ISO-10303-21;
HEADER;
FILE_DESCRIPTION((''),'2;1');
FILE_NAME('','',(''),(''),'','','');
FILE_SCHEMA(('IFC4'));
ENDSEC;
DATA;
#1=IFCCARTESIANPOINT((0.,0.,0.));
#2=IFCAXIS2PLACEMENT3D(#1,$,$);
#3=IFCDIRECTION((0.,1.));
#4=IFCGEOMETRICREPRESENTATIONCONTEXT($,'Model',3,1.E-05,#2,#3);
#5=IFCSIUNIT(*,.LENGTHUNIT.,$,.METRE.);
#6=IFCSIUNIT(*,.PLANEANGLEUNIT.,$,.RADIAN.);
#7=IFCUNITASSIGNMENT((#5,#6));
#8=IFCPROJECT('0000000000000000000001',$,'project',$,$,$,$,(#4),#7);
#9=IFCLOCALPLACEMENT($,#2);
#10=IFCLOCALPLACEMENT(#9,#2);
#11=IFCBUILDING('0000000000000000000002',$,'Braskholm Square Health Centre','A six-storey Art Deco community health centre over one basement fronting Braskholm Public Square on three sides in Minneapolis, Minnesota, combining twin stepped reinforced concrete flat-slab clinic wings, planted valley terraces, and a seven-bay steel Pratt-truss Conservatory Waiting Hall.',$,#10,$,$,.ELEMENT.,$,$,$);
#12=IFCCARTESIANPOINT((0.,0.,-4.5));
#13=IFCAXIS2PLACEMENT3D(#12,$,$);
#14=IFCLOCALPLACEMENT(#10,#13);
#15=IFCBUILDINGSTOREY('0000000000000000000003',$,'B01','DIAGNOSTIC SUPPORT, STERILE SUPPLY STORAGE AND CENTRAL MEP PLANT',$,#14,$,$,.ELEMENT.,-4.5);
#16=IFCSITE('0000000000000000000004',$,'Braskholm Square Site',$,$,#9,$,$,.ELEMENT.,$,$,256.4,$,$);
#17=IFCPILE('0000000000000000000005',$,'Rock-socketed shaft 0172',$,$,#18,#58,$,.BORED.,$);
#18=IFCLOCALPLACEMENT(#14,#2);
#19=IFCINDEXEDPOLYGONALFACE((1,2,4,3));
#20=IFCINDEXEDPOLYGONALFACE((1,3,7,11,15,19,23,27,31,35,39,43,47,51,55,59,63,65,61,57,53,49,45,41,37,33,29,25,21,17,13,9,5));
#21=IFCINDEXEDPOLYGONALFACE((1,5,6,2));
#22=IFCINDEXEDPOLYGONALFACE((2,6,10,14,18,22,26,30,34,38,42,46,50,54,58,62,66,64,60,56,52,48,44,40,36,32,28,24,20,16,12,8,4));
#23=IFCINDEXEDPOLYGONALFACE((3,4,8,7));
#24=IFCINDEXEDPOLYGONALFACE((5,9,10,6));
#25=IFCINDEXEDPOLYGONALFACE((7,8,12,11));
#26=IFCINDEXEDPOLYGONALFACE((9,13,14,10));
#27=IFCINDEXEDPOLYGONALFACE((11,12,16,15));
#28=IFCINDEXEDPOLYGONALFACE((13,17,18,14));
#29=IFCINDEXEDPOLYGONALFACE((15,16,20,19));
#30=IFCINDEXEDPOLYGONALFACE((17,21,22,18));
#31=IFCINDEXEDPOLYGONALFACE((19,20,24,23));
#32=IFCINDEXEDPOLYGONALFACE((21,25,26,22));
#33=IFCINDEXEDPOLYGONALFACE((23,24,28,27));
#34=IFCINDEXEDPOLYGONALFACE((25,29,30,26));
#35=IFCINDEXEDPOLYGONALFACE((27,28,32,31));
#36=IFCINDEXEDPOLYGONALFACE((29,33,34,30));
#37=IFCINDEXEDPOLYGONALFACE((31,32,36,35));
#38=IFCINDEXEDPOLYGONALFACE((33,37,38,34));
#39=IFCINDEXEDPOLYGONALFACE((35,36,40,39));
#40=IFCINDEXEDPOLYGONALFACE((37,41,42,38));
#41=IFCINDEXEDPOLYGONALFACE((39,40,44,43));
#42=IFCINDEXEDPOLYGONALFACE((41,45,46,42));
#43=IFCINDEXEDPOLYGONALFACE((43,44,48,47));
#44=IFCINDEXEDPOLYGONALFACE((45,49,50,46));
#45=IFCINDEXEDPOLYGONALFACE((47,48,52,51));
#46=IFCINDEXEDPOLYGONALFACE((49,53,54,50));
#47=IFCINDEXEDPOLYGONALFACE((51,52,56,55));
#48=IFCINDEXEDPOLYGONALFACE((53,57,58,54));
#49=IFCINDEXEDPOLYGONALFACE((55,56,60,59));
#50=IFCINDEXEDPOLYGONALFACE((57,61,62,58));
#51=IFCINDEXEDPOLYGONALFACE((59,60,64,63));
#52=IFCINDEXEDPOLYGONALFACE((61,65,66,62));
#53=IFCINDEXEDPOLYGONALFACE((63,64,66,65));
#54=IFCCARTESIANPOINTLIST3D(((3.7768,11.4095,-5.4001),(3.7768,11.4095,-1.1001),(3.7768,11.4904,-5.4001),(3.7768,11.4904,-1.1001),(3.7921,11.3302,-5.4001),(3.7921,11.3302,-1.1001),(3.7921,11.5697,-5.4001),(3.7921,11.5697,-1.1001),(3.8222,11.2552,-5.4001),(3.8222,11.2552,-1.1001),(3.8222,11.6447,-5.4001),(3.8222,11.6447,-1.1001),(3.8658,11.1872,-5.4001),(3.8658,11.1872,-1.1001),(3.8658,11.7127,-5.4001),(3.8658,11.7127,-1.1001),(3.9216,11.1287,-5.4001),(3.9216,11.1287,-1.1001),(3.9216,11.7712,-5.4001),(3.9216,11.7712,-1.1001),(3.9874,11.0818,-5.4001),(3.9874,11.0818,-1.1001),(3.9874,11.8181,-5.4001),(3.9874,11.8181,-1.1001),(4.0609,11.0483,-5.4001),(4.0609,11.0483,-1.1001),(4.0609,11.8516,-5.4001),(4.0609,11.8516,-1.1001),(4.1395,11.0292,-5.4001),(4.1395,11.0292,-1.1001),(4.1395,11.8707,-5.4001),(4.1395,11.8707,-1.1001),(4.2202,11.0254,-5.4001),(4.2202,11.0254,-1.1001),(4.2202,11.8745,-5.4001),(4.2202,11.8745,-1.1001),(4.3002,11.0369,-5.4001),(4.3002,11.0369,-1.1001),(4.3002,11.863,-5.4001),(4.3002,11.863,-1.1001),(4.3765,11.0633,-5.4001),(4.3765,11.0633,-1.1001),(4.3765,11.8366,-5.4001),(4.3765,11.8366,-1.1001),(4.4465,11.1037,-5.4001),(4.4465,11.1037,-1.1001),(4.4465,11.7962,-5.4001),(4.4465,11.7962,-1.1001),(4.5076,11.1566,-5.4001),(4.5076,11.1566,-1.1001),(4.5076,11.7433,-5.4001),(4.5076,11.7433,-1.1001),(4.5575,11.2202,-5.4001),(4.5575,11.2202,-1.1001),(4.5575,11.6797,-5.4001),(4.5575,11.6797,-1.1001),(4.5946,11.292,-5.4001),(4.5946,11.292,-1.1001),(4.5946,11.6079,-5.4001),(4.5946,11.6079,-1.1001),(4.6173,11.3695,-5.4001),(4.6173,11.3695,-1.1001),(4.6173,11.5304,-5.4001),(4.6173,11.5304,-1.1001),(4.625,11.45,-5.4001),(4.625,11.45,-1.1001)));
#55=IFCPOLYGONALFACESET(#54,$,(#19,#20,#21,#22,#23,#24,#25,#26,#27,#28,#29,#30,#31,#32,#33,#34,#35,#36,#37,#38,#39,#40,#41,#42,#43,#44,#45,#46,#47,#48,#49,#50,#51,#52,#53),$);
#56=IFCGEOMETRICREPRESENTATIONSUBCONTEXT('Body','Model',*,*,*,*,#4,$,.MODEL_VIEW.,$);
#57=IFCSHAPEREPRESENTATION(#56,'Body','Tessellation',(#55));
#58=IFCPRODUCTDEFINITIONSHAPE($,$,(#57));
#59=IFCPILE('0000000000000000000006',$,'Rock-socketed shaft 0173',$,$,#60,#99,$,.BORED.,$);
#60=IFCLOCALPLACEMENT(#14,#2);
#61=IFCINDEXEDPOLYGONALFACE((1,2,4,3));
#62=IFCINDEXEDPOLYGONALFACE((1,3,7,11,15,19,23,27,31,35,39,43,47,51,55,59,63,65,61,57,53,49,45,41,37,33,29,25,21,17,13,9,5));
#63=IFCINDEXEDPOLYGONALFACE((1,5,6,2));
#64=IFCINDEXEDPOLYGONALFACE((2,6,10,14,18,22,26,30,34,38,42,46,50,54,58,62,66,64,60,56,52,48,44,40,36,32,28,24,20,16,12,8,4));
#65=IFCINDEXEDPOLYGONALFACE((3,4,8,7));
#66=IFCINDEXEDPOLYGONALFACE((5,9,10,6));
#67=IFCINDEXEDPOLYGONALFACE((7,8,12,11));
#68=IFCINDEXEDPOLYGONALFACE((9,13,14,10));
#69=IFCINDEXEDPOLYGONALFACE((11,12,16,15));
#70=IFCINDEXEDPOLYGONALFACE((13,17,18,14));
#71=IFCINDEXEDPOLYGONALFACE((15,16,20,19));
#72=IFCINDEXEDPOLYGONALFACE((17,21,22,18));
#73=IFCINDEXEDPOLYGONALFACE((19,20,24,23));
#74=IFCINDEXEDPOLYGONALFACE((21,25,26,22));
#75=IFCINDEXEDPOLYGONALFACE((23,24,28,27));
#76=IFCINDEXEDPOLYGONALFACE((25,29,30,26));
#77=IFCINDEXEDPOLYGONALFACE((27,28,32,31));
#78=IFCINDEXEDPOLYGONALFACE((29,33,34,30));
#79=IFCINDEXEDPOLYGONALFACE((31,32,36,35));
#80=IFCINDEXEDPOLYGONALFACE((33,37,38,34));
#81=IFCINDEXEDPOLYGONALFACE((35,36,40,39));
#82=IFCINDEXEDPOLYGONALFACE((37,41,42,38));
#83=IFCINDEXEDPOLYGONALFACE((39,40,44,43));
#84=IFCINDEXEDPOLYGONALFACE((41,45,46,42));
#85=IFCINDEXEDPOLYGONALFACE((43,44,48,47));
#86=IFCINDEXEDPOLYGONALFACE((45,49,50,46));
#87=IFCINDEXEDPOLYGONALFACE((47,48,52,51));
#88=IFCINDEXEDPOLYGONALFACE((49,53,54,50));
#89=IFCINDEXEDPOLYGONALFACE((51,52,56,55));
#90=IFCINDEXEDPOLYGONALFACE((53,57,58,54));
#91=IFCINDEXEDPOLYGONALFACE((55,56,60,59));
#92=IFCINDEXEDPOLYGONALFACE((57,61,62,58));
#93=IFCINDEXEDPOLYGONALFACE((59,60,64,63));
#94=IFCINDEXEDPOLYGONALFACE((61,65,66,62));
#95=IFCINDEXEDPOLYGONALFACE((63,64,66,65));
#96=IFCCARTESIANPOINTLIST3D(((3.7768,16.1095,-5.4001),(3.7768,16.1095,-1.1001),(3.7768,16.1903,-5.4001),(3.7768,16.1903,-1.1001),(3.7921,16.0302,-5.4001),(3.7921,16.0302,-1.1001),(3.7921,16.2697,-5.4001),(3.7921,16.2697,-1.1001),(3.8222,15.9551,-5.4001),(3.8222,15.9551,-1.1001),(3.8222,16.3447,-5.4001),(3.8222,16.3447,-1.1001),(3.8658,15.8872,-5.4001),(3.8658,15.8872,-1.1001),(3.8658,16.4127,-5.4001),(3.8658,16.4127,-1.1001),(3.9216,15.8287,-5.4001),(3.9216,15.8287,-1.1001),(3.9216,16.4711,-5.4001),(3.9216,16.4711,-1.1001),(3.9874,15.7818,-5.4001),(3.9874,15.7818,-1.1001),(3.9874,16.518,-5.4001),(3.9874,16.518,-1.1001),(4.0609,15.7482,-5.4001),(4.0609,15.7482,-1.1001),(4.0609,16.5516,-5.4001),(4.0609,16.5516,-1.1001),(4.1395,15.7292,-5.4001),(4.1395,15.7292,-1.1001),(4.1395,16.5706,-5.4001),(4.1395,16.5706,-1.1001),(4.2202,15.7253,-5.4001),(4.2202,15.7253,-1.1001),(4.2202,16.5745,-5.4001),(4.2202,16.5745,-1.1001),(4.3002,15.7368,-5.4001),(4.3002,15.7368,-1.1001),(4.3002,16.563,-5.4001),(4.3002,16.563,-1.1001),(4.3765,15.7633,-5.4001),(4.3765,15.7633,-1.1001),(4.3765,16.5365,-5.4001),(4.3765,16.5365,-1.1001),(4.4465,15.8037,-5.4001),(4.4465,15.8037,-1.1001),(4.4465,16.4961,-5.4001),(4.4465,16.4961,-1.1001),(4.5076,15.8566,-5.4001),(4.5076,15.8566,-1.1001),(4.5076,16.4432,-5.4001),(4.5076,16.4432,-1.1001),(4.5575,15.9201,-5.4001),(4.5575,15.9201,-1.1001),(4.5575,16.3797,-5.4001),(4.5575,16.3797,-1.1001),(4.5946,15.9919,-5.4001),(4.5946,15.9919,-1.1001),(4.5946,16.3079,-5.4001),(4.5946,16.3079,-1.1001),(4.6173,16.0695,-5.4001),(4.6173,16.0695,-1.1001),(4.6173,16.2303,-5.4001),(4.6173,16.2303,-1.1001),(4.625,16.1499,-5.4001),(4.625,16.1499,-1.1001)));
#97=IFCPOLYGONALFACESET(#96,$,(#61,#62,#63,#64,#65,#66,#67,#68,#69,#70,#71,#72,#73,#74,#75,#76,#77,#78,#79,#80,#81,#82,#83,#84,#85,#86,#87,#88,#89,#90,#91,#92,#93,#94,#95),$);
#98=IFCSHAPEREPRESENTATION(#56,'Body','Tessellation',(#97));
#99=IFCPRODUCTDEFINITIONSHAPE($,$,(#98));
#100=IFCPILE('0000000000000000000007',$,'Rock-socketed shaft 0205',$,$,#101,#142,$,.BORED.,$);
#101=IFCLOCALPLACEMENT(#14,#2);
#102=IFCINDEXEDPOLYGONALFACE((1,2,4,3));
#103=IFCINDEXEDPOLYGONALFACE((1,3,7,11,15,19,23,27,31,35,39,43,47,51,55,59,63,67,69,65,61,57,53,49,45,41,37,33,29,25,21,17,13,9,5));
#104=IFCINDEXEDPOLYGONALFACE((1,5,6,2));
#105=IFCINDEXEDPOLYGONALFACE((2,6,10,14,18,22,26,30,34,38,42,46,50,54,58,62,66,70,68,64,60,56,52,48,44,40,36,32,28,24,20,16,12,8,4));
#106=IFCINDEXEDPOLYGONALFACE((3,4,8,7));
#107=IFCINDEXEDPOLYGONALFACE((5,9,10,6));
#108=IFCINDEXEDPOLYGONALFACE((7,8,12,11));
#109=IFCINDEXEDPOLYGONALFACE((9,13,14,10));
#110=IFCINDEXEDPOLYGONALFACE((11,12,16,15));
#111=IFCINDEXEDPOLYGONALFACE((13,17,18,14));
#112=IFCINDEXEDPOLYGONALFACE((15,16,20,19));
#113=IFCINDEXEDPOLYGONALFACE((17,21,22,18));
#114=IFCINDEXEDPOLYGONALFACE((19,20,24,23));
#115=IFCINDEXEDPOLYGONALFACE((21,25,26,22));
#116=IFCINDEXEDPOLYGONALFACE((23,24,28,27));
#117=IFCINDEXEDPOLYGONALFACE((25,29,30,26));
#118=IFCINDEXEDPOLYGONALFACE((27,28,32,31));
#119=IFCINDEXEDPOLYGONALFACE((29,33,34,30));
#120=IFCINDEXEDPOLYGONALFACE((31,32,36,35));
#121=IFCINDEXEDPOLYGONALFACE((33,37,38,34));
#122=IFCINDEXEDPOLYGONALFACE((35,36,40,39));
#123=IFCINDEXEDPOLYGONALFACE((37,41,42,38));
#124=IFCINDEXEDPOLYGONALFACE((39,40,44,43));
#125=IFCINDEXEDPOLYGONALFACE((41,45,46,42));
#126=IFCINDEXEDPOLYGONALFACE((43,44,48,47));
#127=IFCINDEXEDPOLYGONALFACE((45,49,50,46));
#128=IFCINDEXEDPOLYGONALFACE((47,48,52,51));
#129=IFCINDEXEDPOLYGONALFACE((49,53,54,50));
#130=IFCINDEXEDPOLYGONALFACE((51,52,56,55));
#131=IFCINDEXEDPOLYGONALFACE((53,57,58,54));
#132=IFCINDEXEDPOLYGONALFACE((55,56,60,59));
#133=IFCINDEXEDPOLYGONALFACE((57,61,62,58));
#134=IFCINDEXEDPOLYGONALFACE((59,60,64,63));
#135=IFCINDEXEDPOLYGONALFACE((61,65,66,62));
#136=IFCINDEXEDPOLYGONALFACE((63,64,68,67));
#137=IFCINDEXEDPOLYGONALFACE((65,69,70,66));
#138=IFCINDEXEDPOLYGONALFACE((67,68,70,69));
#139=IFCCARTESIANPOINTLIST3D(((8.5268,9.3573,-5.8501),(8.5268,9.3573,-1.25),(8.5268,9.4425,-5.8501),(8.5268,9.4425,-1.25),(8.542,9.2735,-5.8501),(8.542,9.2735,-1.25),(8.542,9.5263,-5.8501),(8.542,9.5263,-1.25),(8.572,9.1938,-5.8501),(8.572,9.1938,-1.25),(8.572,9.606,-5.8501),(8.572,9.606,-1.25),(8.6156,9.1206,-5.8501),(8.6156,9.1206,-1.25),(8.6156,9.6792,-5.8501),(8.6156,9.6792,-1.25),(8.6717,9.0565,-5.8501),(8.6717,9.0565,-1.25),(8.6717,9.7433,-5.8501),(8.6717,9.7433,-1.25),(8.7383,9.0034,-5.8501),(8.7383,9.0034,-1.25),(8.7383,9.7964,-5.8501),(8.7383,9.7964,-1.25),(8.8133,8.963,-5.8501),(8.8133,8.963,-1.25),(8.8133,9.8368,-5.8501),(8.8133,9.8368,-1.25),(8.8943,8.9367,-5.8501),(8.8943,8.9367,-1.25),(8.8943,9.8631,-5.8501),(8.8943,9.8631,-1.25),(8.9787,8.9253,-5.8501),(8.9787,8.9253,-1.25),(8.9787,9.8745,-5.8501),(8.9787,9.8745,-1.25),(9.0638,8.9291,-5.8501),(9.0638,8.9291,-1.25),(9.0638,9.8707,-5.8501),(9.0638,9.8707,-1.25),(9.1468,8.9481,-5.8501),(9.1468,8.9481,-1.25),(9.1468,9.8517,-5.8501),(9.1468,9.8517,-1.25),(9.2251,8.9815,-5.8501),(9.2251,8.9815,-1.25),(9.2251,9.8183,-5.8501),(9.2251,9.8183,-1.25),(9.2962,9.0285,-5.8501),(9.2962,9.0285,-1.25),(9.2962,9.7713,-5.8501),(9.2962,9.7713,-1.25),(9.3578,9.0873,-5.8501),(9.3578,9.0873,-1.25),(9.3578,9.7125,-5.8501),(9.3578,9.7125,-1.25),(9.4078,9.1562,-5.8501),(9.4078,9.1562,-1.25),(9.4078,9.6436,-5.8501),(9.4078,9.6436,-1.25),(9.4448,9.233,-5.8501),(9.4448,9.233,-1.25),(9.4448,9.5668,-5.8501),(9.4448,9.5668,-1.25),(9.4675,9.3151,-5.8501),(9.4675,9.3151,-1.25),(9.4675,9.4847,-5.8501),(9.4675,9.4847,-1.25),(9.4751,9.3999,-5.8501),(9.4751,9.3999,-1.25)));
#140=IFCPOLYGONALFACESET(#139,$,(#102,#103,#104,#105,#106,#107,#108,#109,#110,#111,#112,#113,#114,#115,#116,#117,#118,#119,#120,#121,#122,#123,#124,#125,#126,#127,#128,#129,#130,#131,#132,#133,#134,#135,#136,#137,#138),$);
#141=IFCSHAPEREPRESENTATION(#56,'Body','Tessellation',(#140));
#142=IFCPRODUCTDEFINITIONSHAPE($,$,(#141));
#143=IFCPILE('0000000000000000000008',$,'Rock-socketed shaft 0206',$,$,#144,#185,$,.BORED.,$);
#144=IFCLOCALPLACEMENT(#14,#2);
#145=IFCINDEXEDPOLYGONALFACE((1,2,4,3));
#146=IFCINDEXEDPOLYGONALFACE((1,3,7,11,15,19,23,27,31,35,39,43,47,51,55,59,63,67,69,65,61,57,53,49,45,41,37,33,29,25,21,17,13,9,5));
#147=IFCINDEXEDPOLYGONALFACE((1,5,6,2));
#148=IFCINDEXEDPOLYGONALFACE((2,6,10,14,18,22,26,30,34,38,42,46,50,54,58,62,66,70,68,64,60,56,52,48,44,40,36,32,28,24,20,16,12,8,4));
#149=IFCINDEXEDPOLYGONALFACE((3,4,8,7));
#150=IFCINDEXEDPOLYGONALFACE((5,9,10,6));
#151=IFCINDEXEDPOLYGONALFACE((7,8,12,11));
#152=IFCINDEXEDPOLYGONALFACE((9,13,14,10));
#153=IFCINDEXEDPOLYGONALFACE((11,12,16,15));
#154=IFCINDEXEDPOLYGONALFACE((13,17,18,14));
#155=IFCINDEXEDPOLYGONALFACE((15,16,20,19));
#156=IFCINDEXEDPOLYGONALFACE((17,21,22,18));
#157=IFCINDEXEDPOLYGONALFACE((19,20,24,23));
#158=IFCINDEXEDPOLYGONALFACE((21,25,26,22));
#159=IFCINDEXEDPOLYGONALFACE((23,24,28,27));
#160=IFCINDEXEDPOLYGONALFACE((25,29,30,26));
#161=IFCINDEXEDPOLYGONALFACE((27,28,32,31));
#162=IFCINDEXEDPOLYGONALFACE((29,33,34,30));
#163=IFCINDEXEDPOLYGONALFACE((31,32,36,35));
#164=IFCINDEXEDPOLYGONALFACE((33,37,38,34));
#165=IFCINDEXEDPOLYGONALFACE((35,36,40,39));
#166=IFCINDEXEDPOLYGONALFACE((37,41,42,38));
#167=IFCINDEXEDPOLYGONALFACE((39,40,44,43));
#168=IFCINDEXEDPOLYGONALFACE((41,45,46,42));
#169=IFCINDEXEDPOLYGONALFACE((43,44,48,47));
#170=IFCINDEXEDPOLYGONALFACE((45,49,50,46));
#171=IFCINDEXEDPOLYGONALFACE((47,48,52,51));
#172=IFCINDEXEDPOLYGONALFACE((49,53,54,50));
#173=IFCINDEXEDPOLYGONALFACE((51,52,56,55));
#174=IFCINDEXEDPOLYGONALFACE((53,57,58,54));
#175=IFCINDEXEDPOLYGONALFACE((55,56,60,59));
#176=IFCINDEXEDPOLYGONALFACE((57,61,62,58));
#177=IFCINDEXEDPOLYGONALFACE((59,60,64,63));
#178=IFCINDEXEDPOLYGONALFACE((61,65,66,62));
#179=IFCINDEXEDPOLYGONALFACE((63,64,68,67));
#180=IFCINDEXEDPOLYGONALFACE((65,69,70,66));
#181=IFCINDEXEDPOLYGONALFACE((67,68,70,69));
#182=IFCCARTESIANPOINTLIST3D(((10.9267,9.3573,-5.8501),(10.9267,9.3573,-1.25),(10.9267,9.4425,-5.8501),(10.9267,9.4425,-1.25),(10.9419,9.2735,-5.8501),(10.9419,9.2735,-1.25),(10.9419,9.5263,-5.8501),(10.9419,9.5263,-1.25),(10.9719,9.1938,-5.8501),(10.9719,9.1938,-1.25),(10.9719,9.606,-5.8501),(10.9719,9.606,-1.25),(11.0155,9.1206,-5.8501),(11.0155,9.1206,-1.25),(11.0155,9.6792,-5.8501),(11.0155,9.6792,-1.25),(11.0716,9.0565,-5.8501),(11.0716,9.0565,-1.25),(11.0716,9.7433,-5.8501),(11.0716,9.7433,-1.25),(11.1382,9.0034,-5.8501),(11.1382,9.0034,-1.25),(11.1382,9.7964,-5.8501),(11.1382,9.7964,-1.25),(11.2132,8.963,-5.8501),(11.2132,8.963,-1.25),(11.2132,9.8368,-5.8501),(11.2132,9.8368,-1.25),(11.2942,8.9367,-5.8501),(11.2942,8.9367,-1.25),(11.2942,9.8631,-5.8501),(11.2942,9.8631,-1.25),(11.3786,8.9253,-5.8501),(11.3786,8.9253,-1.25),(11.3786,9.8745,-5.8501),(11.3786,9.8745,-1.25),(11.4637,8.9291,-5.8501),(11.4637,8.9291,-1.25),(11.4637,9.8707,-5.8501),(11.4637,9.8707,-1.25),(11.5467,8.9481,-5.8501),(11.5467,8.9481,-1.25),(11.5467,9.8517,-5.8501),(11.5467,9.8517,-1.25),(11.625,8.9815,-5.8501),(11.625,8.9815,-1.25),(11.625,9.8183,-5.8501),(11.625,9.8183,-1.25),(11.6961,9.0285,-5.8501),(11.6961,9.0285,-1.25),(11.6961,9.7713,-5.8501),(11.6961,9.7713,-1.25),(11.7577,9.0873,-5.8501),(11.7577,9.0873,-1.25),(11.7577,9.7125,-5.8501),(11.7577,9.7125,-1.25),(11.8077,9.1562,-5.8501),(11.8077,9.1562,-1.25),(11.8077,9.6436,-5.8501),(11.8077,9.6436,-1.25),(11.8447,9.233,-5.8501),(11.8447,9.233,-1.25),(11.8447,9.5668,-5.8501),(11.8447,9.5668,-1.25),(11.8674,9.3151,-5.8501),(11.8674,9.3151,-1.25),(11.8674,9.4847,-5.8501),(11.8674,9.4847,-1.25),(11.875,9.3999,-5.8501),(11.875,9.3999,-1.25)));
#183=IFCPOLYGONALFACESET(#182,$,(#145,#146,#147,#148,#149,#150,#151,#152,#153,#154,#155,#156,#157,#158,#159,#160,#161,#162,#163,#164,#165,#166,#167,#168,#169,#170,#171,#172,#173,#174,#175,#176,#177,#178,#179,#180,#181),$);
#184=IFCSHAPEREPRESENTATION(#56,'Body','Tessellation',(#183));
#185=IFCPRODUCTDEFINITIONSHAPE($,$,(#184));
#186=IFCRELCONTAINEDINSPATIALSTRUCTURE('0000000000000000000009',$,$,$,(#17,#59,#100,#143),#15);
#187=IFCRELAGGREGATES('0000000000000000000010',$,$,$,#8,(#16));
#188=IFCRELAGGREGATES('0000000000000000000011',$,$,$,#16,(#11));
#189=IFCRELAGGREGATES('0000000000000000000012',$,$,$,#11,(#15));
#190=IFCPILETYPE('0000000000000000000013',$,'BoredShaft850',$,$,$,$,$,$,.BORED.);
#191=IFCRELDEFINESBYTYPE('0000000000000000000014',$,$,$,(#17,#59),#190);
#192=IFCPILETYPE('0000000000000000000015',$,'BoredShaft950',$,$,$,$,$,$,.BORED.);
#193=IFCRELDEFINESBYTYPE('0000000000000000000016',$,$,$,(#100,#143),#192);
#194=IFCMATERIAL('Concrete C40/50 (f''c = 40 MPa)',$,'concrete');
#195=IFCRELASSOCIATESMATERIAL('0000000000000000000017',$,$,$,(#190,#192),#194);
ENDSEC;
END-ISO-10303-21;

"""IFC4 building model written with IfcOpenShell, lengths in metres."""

from ifc_helpers import new_model, si_unit, direction, frame, origin, origin_2d, place, context, subcontext, project, spatial, circle, extrude, material, material_profile, profile_set, type_object, element, save


model = new_model("IFC4")

# Units and contexts
model_context = context("Model", 3, precision=1e-05, world=origin(), true_north=direction((0.0, 1.0)))
body_context = subcontext(model_context, "Body", "Model", "MODEL_VIEW")
ifc_project = project(units=[si_unit("LENGTHUNIT", "METRE"), si_unit("PLANEANGLEUNIT", "RADIAN")], contexts=[model_context])

# Site, building, storey
site_placement = place(None, origin())
site = spatial("IfcSite", under=ifc_project, at=site_placement, Name="Braskholm Square Site", CompositionType="ELEMENT", RefElevation=256.4)
building_placement = place(site_placement, origin())
building = spatial("IfcBuilding", under=site, at=building_placement, Name="Braskholm Square Health Centre", Description="A six-storey Art Deco community health centre over one basement fronting Braskholm Public Square on three sides in Minneapolis, Minnesota, combining twin stepped reinforced concrete flat-slab clinic wings, planted valley terraces, and a seven-bay steel Pratt-truss Conservatory Waiting Hall.", CompositionType="ELEMENT")
storey_placement = place(building_placement, frame((0.0, 0.0, -4.5)))
storey = spatial("IfcBuildingStorey", under=building, at=storey_placement, Name="B01", Description="DIAGNOSTIC SUPPORT, STERILE SUPPLY STORAGE AND CENTRAL MEP PLANT", CompositionType="ELEMENT", Elevation=-4.5)

# Piles
ifc_material_1 = material(Name="Concrete C40/50 (f'c = 40 MPa)", Category="concrete")
ifc_material_profile_1 = material_profile(ifc_material_1, circle(Radius=0.425, at=origin_2d()), Name="BORED-PILE-850")
ifc_profile_set_1 = profile_set([ifc_material_profile_1], Name="Concrete C40/50 (f'c = 40 MPa)")
pile_type_1 = type_object("IfcPileType", Name="BoredShaft850", PredefinedType="BORED", material=ifc_profile_set_1)
for number, where, z_axis, x_axis, name in (
    (1, (4.2, 11.45, -1.1001), (0.0, 0.0, -1.0), (1.0, 0.0, 0.0), "Rock-socketed shaft 0172"),
    (2, (4.2, 16.1499, -1.1001), (0.0, 0.0, -1.0), (1.0, 0.0, 0.0), "Rock-socketed shaft 0173"),
):
    element("IfcPile", number, at=place(storey_placement, frame(where, z_axis=z_axis, x_axis=x_axis)), inside=storey, type_object=pile_type_1, Name=name, PredefinedType="BORED", context=body_context, shape_type="SweptSolid", body=[
        extrude(circle(Radius=0.425, at=origin_2d()), origin(), (0.0, 0.0, 1.0), 4.3),
    ])
ifc_material_profile_2 = material_profile(ifc_material_1, circle(Radius=0.4751, at=origin_2d()), Name="BORED-PILE-950")
ifc_profile_set_2 = profile_set([ifc_material_profile_2], Name="Concrete C40/50 (f'c = 40 MPa)")
pile_type_2 = type_object("IfcPileType", Name="BoredShaft950", PredefinedType="BORED", material=ifc_profile_set_2)
for number, where, z_axis, x_axis, name in (
    (3, (9.0, 9.3999, -1.25), (0.0, 0.0, -1.0), (1.0, 0.0, 0.0), "Rock-socketed shaft 0205"),
    (4, (11.3999, 9.3999, -1.25), (0.0, 0.0, -1.0), (1.0, 0.0, 0.0), "Rock-socketed shaft 0206"),
):
    element("IfcPile", number, at=place(storey_placement, frame(where, z_axis=z_axis, x_axis=x_axis)), inside=storey, type_object=pile_type_2, Name=name, PredefinedType="BORED", context=body_context, shape_type="SweptSolid", body=[
        extrude(circle(Radius=0.4751, at=origin_2d()), origin(), (0.0, 0.0, 1.0), 4.6001),
    ])

save(model, "model.ifc")
